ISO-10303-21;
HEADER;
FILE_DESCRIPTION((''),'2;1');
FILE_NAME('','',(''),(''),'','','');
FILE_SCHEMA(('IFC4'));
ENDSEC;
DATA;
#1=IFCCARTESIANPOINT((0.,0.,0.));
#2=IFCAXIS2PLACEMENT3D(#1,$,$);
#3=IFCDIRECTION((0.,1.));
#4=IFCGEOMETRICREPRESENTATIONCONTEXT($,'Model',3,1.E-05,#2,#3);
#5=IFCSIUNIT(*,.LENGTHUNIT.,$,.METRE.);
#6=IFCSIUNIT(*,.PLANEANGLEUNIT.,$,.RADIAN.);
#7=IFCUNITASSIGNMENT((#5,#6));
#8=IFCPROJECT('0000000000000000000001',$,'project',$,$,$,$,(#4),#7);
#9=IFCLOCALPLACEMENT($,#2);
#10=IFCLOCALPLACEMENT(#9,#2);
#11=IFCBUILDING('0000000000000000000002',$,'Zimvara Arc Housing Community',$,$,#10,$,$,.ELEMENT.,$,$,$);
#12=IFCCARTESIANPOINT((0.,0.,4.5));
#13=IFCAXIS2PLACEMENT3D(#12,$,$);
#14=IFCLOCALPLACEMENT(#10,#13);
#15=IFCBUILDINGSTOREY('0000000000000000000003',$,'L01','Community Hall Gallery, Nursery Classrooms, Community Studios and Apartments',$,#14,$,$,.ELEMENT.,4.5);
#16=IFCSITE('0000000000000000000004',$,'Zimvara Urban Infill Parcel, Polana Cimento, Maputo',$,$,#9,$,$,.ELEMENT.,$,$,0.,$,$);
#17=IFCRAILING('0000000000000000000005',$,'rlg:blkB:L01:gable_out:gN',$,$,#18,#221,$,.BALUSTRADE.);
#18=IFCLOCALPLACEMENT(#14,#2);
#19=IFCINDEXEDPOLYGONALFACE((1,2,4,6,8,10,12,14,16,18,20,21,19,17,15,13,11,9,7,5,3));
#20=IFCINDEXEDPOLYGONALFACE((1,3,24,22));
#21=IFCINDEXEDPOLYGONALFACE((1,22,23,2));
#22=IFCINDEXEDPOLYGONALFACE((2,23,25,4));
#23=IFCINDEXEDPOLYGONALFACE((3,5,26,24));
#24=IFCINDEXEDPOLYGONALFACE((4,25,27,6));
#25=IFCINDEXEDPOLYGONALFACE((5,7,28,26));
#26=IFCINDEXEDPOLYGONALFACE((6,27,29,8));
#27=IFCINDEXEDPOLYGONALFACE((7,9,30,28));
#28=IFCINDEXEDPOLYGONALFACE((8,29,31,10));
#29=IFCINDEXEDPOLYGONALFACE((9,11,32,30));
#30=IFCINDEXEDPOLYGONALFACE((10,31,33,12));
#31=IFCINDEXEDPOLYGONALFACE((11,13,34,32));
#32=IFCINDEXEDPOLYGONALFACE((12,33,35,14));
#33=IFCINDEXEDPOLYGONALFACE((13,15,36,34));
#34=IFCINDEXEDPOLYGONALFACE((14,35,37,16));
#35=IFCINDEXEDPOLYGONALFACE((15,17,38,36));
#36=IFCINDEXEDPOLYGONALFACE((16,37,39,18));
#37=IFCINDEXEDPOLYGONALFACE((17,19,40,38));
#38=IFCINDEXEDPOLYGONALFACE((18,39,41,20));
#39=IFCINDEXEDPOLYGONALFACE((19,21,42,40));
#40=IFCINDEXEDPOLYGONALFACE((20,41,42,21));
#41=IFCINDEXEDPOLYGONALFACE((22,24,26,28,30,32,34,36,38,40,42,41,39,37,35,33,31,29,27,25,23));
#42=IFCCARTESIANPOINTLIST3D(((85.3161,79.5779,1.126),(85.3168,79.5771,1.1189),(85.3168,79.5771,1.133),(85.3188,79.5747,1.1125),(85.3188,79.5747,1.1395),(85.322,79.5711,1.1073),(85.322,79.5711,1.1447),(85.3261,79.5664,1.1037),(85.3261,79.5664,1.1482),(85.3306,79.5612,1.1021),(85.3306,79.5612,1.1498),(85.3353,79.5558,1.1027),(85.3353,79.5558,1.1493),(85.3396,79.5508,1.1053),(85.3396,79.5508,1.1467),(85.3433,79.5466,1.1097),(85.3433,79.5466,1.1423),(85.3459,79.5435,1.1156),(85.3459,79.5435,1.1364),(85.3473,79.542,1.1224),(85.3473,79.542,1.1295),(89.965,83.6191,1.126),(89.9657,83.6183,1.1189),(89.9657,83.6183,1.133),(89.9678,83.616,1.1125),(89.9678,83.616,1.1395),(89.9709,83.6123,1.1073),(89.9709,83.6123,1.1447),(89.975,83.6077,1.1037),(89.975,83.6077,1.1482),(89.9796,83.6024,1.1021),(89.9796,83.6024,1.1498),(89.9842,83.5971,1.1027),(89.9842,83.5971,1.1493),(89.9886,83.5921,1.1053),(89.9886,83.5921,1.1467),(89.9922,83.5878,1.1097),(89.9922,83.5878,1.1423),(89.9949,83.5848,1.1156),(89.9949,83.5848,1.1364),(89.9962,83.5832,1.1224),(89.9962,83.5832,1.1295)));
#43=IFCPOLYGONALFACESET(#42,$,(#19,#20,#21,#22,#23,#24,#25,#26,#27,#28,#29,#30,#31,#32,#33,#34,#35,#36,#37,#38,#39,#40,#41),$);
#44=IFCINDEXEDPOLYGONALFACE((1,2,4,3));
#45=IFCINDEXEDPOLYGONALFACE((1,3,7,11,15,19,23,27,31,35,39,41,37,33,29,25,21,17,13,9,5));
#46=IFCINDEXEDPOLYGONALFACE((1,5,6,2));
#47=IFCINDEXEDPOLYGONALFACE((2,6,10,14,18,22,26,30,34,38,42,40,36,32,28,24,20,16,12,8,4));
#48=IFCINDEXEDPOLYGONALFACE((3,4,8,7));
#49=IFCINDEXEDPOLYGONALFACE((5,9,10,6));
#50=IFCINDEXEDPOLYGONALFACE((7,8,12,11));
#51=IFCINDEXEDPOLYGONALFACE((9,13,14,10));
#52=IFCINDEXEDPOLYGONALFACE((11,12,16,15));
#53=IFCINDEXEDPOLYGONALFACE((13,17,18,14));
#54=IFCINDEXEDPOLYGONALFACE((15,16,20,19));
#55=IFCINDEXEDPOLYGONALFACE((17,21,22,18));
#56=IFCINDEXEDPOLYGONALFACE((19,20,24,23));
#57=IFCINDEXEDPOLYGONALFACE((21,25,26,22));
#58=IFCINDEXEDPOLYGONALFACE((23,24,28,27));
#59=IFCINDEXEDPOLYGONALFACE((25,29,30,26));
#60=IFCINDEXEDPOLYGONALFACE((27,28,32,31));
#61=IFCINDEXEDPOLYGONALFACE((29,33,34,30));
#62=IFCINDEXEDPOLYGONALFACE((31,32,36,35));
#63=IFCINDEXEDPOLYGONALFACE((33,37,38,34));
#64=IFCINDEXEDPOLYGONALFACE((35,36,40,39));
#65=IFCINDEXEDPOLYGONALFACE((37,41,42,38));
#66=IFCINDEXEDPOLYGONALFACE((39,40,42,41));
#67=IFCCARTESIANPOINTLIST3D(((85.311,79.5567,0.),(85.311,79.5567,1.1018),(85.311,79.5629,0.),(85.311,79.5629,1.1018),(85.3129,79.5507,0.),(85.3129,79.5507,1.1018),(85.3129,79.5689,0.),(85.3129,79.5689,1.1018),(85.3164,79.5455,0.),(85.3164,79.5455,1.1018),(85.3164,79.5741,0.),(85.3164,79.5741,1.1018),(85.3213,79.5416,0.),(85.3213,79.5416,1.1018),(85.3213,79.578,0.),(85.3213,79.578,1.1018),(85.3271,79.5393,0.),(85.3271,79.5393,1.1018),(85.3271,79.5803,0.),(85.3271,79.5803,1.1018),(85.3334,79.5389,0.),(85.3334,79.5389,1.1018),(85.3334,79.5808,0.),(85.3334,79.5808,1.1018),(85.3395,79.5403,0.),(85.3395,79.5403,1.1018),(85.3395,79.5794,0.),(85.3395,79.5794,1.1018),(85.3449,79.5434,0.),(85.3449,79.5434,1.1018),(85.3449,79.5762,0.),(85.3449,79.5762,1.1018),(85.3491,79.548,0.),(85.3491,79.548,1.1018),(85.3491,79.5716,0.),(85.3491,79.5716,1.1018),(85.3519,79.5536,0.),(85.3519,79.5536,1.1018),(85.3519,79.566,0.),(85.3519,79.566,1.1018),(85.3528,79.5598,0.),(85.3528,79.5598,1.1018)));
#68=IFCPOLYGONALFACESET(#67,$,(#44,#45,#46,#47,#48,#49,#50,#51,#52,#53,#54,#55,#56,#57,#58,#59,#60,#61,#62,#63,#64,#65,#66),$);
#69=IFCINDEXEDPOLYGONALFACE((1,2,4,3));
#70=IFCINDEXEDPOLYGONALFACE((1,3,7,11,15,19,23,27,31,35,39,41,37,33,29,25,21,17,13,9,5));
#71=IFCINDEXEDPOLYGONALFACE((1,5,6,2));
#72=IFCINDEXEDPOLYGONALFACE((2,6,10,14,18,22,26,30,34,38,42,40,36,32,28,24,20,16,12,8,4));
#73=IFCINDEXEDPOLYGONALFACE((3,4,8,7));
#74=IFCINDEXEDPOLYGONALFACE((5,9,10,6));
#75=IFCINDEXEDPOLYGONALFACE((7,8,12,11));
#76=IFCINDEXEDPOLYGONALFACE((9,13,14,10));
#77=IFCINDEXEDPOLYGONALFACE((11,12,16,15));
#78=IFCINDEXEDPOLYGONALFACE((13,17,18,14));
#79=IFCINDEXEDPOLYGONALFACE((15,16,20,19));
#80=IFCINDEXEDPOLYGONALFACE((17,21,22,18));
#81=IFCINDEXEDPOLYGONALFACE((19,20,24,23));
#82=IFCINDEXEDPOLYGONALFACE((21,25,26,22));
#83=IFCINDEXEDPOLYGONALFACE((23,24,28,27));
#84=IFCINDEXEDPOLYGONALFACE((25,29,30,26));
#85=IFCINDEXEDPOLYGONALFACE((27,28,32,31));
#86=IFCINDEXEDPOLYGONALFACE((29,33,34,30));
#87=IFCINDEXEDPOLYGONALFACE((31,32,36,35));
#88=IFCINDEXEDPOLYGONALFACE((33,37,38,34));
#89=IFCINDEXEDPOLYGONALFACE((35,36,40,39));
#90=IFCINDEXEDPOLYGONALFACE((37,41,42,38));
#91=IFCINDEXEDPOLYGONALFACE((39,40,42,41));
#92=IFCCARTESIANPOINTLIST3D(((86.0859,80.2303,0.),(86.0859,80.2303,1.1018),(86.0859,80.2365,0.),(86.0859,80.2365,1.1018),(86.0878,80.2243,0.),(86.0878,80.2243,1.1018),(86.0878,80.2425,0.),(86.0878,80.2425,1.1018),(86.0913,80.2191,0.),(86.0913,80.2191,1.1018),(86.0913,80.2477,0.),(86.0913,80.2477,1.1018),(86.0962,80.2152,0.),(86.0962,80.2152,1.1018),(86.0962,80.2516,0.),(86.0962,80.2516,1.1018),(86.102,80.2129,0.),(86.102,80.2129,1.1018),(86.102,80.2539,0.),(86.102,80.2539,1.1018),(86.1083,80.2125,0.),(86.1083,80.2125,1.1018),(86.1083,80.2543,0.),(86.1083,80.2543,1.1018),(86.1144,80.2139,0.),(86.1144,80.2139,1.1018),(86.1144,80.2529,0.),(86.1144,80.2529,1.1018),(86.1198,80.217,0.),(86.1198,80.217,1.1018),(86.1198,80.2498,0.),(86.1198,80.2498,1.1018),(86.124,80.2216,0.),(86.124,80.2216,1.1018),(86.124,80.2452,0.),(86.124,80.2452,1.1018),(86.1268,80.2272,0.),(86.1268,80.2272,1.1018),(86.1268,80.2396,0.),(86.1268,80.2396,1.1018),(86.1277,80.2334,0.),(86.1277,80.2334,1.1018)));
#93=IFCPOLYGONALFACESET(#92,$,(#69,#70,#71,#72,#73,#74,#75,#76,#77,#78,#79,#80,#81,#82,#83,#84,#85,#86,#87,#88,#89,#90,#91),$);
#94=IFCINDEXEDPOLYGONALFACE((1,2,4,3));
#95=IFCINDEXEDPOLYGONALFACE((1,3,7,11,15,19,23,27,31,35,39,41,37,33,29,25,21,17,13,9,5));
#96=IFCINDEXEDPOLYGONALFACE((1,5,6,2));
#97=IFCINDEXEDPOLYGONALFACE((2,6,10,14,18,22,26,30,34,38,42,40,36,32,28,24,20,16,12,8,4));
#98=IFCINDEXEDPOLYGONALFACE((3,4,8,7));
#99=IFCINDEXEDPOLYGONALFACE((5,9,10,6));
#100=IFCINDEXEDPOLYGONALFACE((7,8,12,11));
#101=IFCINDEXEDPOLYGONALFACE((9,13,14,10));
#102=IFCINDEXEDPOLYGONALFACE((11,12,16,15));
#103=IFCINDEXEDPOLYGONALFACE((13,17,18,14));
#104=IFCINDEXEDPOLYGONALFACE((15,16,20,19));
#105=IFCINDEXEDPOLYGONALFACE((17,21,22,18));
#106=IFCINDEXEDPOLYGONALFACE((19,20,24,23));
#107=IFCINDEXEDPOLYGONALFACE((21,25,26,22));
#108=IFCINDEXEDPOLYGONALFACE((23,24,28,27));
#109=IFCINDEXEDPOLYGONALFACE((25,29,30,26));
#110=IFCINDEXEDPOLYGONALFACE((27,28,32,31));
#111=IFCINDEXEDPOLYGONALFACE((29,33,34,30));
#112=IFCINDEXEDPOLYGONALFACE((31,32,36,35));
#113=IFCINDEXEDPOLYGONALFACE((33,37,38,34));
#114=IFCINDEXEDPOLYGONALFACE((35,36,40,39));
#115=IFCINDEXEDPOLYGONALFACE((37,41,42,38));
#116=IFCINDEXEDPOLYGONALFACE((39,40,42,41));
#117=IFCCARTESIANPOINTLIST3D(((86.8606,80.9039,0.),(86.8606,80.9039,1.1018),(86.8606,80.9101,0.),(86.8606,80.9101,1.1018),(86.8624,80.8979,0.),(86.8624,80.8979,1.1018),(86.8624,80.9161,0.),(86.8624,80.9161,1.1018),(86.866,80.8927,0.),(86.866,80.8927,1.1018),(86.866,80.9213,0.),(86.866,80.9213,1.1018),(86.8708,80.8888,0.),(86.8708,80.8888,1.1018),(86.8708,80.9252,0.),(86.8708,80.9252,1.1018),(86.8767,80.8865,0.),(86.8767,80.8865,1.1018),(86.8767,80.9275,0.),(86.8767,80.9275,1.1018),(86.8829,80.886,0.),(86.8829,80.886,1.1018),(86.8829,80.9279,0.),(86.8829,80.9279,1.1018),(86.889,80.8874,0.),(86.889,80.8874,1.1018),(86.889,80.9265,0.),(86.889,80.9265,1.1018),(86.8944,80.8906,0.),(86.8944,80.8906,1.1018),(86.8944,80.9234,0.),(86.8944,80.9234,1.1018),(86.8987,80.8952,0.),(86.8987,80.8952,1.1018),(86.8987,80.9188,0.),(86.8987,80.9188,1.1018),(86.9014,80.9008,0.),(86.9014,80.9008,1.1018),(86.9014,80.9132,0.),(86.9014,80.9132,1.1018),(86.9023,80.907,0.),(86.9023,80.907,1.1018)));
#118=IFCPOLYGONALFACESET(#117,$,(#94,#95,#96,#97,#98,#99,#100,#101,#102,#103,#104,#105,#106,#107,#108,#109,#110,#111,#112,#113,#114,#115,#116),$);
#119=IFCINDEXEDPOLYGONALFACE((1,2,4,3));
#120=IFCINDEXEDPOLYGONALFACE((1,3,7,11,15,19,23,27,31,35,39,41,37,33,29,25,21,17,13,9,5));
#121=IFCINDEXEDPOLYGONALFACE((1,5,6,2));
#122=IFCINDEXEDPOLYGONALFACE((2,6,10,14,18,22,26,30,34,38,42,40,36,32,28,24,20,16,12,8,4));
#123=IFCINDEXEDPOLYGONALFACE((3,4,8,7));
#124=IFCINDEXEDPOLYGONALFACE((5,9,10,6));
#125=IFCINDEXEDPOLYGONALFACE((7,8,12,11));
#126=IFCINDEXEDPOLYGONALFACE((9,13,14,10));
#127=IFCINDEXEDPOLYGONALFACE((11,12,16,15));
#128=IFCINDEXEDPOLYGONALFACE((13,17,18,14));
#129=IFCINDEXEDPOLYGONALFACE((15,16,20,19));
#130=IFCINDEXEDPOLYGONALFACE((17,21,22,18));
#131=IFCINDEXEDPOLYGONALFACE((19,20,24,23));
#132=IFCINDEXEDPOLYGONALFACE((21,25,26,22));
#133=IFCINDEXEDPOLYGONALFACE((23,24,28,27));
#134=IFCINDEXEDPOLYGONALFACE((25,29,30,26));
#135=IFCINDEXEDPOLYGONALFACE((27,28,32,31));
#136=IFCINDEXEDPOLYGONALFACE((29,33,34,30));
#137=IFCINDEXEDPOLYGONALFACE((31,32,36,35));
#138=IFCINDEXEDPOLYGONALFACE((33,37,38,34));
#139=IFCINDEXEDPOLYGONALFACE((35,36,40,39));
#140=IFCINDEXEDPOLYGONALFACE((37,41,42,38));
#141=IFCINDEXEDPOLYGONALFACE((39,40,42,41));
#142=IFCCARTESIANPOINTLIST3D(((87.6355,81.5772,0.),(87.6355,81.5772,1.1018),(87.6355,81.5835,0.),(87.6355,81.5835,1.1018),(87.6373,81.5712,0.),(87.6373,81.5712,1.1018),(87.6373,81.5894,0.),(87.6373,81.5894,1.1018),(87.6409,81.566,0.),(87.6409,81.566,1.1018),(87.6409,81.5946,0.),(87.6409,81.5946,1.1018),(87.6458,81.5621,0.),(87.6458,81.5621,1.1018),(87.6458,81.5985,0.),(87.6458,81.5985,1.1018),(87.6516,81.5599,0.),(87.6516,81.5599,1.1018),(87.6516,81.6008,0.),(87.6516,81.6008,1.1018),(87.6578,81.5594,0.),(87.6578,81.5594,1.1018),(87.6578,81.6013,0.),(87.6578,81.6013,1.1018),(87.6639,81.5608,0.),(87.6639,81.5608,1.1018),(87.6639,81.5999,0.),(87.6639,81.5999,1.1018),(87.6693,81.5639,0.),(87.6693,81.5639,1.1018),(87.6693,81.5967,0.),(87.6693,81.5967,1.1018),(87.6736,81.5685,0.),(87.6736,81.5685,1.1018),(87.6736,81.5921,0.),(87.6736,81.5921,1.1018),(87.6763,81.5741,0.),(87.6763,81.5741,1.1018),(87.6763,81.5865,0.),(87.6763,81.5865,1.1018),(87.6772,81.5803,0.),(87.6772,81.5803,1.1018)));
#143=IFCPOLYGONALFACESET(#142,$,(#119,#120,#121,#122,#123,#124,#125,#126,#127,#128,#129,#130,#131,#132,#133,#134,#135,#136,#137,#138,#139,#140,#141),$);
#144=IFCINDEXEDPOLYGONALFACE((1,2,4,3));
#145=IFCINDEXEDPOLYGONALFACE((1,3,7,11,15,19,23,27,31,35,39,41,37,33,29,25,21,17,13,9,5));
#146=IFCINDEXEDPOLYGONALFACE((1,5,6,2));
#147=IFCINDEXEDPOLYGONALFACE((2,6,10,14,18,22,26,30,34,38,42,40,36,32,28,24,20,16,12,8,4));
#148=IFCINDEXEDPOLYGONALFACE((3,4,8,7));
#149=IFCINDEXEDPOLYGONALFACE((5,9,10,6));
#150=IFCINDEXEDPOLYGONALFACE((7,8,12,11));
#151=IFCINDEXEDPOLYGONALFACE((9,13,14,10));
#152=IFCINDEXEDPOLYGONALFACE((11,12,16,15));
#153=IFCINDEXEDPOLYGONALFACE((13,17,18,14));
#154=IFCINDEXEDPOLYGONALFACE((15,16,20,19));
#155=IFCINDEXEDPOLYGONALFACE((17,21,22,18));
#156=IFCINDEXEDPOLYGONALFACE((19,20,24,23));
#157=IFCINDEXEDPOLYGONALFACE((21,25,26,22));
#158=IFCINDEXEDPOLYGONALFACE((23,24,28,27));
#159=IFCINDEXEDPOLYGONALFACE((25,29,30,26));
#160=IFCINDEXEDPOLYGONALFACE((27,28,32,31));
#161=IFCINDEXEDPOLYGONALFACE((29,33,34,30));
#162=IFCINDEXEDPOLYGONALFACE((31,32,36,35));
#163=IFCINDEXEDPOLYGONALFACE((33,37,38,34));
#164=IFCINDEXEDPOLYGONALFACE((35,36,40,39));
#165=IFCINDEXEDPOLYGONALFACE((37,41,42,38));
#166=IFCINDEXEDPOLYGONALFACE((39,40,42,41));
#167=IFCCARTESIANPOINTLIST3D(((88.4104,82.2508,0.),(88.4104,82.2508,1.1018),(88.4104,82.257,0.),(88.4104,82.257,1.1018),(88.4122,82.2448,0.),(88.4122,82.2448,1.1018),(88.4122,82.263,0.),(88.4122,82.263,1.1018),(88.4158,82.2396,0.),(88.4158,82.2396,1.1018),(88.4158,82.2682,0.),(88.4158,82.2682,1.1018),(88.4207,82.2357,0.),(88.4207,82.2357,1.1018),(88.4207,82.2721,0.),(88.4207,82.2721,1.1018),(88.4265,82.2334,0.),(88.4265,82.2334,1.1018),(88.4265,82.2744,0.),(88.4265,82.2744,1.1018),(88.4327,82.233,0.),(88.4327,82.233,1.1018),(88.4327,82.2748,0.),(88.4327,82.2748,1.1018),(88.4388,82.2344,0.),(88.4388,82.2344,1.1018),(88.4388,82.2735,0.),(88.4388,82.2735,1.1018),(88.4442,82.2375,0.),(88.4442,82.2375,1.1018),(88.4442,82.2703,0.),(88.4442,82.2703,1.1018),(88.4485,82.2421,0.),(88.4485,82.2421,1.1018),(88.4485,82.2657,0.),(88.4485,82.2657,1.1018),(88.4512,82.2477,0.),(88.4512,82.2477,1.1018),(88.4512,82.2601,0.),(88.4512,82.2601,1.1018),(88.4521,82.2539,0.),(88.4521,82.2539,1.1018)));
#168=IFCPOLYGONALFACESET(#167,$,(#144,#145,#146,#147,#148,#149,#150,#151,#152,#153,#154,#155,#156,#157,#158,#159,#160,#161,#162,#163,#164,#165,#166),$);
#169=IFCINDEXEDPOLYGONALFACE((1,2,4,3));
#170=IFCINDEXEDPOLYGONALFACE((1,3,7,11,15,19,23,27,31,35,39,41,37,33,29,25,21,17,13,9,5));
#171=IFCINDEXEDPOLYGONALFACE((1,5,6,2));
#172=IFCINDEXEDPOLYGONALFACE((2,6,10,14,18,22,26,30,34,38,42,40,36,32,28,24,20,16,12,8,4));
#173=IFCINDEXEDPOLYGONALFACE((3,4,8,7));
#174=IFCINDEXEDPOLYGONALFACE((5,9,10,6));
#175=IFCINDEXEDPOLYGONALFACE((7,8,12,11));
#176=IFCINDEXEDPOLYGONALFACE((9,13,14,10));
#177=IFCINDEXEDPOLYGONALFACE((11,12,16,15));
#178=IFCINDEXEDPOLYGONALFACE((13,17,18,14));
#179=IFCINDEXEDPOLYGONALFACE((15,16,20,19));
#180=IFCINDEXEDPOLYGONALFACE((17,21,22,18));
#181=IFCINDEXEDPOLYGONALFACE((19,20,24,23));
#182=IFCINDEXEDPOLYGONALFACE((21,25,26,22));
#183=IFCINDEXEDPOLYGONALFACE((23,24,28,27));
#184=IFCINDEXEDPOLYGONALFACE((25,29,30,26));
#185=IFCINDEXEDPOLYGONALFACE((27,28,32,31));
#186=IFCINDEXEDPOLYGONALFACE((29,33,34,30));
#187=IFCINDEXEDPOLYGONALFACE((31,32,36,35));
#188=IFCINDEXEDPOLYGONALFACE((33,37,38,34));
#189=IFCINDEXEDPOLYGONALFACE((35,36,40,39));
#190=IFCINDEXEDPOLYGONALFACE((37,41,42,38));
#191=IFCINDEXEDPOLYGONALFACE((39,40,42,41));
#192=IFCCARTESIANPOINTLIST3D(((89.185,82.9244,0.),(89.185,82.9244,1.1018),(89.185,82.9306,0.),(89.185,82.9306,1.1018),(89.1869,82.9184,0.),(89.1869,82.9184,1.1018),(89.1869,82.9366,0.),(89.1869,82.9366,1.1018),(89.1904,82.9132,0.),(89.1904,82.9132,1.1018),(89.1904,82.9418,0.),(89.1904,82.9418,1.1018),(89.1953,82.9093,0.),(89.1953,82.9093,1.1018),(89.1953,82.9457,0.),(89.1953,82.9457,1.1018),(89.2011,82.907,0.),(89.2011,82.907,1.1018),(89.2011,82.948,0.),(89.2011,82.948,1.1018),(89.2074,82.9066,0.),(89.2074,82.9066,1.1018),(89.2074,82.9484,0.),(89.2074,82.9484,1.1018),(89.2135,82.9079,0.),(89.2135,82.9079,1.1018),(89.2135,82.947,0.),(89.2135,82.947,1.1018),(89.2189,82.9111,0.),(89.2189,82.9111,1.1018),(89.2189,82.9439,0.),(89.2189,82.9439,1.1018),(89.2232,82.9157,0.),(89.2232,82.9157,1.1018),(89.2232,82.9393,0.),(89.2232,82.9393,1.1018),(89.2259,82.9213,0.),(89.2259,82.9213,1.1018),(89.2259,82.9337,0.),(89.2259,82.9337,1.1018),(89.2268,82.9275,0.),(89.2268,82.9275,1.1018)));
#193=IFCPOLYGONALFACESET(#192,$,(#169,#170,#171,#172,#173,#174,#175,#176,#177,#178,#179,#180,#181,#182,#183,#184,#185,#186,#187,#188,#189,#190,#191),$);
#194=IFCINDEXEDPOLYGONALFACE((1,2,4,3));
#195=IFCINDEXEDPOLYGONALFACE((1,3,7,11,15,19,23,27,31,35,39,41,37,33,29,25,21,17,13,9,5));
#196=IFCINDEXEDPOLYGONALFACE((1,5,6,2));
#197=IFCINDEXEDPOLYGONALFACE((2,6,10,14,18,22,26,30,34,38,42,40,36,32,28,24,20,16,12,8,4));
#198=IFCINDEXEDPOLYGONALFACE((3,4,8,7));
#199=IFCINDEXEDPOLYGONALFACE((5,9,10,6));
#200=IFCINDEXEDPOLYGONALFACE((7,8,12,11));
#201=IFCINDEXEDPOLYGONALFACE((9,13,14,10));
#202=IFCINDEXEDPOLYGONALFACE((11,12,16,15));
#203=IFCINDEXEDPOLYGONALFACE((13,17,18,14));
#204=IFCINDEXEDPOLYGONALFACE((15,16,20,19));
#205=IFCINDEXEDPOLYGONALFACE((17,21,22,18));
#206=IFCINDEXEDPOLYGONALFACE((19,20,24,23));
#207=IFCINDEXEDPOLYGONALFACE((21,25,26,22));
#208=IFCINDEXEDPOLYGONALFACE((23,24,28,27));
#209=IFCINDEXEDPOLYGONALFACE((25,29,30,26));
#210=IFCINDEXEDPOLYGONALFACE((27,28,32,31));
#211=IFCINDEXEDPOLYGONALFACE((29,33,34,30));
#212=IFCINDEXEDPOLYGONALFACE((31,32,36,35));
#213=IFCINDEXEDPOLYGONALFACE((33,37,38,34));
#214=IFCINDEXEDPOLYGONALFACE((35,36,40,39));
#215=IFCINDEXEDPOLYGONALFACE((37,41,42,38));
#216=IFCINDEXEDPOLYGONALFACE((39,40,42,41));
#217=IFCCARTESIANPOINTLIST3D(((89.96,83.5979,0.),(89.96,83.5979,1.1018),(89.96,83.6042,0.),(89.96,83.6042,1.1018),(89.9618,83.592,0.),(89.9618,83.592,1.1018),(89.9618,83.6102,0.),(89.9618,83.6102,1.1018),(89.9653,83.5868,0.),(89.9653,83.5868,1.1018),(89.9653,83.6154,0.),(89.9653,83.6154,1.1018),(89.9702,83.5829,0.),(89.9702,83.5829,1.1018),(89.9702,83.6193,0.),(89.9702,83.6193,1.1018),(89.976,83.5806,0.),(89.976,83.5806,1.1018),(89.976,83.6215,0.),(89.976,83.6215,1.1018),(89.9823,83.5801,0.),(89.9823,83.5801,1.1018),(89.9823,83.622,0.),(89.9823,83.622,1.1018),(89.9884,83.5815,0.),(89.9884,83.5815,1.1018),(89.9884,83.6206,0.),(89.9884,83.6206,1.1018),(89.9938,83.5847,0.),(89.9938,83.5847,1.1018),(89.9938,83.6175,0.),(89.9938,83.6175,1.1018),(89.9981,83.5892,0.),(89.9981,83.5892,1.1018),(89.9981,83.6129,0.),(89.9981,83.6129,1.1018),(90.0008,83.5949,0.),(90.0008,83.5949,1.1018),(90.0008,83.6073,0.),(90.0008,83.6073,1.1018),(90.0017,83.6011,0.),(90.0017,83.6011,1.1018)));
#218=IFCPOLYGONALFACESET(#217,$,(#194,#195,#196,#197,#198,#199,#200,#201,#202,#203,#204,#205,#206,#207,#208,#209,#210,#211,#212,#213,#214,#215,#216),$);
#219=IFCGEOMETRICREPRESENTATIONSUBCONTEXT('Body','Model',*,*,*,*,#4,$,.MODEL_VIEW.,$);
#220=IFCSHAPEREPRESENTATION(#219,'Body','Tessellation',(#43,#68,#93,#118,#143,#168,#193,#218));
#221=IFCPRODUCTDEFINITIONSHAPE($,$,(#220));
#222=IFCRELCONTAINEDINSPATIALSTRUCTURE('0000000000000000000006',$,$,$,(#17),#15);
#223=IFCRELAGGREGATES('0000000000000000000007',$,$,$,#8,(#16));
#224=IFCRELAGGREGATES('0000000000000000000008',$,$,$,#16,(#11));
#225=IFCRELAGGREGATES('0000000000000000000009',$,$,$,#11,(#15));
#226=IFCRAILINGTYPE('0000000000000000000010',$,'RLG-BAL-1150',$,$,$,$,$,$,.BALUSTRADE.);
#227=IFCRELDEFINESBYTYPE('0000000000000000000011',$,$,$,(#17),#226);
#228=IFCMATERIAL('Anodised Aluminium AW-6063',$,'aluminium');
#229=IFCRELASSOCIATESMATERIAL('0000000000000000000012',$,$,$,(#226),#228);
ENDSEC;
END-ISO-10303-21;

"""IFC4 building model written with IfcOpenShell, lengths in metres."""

from ifc_helpers import new_model, si_unit, direction, frame, origin, origin_2d, place, context, subcontext, project, spatial, circle, extrude, material, type_object, element, save


model = new_model("IFC4")

# Units and contexts
model_context = context("Model", 3, precision=1e-05, world=origin(), true_north=direction((0.0, 1.0)))
body_context = subcontext(model_context, "Body", "Model", "MODEL_VIEW")
ifc_project = project(units=[si_unit("LENGTHUNIT", "METRE"), si_unit("PLANEANGLEUNIT", "RADIAN")], contexts=[model_context])

# Site, building, storey
site_placement = place(None, origin())
site = spatial("IfcSite", under=ifc_project, at=site_placement, Name="Zimvara Urban Infill Parcel, Polana Cimento, Maputo", CompositionType="ELEMENT", RefElevation=0.0)
building_placement = place(site_placement, origin())
building = spatial("IfcBuilding", under=site, at=building_placement, Name="Zimvara Arc Housing Community", CompositionType="ELEMENT")
storey_placement = place(building_placement, frame((0.0, 0.0, 4.5)))
storey = spatial("IfcBuildingStorey", under=building, at=storey_placement, Name="L01", Description="Community Hall Gallery, Nursery Classrooms, Community Studios and Apartments", CompositionType="ELEMENT", Elevation=4.5)

# Railing
ifc_material_1 = material(Name="Anodised Aluminium AW-6063", Category="aluminium")
railing_type = type_object("IfcRailingType", Name="RLG-BAL-1150", PredefinedType="BALUSTRADE", material=ifc_material_1)
railing_1_placement = place(storey_placement, frame((85.3318, 79.5598, 0.0)))
element("IfcRailing", 1, at=railing_1_placement, inside=storey, type_object=railing_type, Name="rlg:blkB:L01:gable_out:gN", PredefinedType="BALUSTRADE", context=body_context, shape_type="SweptSolid", body=[
    extrude(circle(Radius=0.0239, at=origin_2d()), frame((0.0, 0.0, 1.126), z_axis=(0.754709, 0.65606, 0.0), x_axis=(-0.65606, 0.754709, 0.0)), (0.0, 0.0, 1.0), 6.1599),
    extrude(circle(Radius=0.021, at=origin_2d()), origin(), (0.0, 0.0, 1.0), 1.1018),
    extrude(circle(Radius=0.021, at=origin_2d()), frame((0.7749, 0.6736, 0.0)), (0.0, 0.0, 1.0), 1.1018),
    extrude(circle(Radius=0.021, at=origin_2d()), frame((1.5496, 1.3472, 0.0)), (0.0, 0.0, 1.0), 1.1018),
    extrude(circle(Radius=0.021, at=origin_2d()), frame((2.3245, 2.0205, 0.0)), (0.0, 0.0, 1.0), 1.1018),
    extrude(circle(Radius=0.021, at=origin_2d()), frame((3.0994, 2.6941, 0.0)), (0.0, 0.0, 1.0), 1.1018),
    extrude(circle(Radius=0.021, at=origin_2d()), frame((3.874, 3.3677, 0.0)), (0.0, 0.0, 1.0), 1.1018),
    extrude(circle(Radius=0.021, at=origin_2d()), frame((4.6489, 4.0413, 0.0)), (0.0, 0.0, 1.0), 1.1018),
])

save(model, "model.ifc")
